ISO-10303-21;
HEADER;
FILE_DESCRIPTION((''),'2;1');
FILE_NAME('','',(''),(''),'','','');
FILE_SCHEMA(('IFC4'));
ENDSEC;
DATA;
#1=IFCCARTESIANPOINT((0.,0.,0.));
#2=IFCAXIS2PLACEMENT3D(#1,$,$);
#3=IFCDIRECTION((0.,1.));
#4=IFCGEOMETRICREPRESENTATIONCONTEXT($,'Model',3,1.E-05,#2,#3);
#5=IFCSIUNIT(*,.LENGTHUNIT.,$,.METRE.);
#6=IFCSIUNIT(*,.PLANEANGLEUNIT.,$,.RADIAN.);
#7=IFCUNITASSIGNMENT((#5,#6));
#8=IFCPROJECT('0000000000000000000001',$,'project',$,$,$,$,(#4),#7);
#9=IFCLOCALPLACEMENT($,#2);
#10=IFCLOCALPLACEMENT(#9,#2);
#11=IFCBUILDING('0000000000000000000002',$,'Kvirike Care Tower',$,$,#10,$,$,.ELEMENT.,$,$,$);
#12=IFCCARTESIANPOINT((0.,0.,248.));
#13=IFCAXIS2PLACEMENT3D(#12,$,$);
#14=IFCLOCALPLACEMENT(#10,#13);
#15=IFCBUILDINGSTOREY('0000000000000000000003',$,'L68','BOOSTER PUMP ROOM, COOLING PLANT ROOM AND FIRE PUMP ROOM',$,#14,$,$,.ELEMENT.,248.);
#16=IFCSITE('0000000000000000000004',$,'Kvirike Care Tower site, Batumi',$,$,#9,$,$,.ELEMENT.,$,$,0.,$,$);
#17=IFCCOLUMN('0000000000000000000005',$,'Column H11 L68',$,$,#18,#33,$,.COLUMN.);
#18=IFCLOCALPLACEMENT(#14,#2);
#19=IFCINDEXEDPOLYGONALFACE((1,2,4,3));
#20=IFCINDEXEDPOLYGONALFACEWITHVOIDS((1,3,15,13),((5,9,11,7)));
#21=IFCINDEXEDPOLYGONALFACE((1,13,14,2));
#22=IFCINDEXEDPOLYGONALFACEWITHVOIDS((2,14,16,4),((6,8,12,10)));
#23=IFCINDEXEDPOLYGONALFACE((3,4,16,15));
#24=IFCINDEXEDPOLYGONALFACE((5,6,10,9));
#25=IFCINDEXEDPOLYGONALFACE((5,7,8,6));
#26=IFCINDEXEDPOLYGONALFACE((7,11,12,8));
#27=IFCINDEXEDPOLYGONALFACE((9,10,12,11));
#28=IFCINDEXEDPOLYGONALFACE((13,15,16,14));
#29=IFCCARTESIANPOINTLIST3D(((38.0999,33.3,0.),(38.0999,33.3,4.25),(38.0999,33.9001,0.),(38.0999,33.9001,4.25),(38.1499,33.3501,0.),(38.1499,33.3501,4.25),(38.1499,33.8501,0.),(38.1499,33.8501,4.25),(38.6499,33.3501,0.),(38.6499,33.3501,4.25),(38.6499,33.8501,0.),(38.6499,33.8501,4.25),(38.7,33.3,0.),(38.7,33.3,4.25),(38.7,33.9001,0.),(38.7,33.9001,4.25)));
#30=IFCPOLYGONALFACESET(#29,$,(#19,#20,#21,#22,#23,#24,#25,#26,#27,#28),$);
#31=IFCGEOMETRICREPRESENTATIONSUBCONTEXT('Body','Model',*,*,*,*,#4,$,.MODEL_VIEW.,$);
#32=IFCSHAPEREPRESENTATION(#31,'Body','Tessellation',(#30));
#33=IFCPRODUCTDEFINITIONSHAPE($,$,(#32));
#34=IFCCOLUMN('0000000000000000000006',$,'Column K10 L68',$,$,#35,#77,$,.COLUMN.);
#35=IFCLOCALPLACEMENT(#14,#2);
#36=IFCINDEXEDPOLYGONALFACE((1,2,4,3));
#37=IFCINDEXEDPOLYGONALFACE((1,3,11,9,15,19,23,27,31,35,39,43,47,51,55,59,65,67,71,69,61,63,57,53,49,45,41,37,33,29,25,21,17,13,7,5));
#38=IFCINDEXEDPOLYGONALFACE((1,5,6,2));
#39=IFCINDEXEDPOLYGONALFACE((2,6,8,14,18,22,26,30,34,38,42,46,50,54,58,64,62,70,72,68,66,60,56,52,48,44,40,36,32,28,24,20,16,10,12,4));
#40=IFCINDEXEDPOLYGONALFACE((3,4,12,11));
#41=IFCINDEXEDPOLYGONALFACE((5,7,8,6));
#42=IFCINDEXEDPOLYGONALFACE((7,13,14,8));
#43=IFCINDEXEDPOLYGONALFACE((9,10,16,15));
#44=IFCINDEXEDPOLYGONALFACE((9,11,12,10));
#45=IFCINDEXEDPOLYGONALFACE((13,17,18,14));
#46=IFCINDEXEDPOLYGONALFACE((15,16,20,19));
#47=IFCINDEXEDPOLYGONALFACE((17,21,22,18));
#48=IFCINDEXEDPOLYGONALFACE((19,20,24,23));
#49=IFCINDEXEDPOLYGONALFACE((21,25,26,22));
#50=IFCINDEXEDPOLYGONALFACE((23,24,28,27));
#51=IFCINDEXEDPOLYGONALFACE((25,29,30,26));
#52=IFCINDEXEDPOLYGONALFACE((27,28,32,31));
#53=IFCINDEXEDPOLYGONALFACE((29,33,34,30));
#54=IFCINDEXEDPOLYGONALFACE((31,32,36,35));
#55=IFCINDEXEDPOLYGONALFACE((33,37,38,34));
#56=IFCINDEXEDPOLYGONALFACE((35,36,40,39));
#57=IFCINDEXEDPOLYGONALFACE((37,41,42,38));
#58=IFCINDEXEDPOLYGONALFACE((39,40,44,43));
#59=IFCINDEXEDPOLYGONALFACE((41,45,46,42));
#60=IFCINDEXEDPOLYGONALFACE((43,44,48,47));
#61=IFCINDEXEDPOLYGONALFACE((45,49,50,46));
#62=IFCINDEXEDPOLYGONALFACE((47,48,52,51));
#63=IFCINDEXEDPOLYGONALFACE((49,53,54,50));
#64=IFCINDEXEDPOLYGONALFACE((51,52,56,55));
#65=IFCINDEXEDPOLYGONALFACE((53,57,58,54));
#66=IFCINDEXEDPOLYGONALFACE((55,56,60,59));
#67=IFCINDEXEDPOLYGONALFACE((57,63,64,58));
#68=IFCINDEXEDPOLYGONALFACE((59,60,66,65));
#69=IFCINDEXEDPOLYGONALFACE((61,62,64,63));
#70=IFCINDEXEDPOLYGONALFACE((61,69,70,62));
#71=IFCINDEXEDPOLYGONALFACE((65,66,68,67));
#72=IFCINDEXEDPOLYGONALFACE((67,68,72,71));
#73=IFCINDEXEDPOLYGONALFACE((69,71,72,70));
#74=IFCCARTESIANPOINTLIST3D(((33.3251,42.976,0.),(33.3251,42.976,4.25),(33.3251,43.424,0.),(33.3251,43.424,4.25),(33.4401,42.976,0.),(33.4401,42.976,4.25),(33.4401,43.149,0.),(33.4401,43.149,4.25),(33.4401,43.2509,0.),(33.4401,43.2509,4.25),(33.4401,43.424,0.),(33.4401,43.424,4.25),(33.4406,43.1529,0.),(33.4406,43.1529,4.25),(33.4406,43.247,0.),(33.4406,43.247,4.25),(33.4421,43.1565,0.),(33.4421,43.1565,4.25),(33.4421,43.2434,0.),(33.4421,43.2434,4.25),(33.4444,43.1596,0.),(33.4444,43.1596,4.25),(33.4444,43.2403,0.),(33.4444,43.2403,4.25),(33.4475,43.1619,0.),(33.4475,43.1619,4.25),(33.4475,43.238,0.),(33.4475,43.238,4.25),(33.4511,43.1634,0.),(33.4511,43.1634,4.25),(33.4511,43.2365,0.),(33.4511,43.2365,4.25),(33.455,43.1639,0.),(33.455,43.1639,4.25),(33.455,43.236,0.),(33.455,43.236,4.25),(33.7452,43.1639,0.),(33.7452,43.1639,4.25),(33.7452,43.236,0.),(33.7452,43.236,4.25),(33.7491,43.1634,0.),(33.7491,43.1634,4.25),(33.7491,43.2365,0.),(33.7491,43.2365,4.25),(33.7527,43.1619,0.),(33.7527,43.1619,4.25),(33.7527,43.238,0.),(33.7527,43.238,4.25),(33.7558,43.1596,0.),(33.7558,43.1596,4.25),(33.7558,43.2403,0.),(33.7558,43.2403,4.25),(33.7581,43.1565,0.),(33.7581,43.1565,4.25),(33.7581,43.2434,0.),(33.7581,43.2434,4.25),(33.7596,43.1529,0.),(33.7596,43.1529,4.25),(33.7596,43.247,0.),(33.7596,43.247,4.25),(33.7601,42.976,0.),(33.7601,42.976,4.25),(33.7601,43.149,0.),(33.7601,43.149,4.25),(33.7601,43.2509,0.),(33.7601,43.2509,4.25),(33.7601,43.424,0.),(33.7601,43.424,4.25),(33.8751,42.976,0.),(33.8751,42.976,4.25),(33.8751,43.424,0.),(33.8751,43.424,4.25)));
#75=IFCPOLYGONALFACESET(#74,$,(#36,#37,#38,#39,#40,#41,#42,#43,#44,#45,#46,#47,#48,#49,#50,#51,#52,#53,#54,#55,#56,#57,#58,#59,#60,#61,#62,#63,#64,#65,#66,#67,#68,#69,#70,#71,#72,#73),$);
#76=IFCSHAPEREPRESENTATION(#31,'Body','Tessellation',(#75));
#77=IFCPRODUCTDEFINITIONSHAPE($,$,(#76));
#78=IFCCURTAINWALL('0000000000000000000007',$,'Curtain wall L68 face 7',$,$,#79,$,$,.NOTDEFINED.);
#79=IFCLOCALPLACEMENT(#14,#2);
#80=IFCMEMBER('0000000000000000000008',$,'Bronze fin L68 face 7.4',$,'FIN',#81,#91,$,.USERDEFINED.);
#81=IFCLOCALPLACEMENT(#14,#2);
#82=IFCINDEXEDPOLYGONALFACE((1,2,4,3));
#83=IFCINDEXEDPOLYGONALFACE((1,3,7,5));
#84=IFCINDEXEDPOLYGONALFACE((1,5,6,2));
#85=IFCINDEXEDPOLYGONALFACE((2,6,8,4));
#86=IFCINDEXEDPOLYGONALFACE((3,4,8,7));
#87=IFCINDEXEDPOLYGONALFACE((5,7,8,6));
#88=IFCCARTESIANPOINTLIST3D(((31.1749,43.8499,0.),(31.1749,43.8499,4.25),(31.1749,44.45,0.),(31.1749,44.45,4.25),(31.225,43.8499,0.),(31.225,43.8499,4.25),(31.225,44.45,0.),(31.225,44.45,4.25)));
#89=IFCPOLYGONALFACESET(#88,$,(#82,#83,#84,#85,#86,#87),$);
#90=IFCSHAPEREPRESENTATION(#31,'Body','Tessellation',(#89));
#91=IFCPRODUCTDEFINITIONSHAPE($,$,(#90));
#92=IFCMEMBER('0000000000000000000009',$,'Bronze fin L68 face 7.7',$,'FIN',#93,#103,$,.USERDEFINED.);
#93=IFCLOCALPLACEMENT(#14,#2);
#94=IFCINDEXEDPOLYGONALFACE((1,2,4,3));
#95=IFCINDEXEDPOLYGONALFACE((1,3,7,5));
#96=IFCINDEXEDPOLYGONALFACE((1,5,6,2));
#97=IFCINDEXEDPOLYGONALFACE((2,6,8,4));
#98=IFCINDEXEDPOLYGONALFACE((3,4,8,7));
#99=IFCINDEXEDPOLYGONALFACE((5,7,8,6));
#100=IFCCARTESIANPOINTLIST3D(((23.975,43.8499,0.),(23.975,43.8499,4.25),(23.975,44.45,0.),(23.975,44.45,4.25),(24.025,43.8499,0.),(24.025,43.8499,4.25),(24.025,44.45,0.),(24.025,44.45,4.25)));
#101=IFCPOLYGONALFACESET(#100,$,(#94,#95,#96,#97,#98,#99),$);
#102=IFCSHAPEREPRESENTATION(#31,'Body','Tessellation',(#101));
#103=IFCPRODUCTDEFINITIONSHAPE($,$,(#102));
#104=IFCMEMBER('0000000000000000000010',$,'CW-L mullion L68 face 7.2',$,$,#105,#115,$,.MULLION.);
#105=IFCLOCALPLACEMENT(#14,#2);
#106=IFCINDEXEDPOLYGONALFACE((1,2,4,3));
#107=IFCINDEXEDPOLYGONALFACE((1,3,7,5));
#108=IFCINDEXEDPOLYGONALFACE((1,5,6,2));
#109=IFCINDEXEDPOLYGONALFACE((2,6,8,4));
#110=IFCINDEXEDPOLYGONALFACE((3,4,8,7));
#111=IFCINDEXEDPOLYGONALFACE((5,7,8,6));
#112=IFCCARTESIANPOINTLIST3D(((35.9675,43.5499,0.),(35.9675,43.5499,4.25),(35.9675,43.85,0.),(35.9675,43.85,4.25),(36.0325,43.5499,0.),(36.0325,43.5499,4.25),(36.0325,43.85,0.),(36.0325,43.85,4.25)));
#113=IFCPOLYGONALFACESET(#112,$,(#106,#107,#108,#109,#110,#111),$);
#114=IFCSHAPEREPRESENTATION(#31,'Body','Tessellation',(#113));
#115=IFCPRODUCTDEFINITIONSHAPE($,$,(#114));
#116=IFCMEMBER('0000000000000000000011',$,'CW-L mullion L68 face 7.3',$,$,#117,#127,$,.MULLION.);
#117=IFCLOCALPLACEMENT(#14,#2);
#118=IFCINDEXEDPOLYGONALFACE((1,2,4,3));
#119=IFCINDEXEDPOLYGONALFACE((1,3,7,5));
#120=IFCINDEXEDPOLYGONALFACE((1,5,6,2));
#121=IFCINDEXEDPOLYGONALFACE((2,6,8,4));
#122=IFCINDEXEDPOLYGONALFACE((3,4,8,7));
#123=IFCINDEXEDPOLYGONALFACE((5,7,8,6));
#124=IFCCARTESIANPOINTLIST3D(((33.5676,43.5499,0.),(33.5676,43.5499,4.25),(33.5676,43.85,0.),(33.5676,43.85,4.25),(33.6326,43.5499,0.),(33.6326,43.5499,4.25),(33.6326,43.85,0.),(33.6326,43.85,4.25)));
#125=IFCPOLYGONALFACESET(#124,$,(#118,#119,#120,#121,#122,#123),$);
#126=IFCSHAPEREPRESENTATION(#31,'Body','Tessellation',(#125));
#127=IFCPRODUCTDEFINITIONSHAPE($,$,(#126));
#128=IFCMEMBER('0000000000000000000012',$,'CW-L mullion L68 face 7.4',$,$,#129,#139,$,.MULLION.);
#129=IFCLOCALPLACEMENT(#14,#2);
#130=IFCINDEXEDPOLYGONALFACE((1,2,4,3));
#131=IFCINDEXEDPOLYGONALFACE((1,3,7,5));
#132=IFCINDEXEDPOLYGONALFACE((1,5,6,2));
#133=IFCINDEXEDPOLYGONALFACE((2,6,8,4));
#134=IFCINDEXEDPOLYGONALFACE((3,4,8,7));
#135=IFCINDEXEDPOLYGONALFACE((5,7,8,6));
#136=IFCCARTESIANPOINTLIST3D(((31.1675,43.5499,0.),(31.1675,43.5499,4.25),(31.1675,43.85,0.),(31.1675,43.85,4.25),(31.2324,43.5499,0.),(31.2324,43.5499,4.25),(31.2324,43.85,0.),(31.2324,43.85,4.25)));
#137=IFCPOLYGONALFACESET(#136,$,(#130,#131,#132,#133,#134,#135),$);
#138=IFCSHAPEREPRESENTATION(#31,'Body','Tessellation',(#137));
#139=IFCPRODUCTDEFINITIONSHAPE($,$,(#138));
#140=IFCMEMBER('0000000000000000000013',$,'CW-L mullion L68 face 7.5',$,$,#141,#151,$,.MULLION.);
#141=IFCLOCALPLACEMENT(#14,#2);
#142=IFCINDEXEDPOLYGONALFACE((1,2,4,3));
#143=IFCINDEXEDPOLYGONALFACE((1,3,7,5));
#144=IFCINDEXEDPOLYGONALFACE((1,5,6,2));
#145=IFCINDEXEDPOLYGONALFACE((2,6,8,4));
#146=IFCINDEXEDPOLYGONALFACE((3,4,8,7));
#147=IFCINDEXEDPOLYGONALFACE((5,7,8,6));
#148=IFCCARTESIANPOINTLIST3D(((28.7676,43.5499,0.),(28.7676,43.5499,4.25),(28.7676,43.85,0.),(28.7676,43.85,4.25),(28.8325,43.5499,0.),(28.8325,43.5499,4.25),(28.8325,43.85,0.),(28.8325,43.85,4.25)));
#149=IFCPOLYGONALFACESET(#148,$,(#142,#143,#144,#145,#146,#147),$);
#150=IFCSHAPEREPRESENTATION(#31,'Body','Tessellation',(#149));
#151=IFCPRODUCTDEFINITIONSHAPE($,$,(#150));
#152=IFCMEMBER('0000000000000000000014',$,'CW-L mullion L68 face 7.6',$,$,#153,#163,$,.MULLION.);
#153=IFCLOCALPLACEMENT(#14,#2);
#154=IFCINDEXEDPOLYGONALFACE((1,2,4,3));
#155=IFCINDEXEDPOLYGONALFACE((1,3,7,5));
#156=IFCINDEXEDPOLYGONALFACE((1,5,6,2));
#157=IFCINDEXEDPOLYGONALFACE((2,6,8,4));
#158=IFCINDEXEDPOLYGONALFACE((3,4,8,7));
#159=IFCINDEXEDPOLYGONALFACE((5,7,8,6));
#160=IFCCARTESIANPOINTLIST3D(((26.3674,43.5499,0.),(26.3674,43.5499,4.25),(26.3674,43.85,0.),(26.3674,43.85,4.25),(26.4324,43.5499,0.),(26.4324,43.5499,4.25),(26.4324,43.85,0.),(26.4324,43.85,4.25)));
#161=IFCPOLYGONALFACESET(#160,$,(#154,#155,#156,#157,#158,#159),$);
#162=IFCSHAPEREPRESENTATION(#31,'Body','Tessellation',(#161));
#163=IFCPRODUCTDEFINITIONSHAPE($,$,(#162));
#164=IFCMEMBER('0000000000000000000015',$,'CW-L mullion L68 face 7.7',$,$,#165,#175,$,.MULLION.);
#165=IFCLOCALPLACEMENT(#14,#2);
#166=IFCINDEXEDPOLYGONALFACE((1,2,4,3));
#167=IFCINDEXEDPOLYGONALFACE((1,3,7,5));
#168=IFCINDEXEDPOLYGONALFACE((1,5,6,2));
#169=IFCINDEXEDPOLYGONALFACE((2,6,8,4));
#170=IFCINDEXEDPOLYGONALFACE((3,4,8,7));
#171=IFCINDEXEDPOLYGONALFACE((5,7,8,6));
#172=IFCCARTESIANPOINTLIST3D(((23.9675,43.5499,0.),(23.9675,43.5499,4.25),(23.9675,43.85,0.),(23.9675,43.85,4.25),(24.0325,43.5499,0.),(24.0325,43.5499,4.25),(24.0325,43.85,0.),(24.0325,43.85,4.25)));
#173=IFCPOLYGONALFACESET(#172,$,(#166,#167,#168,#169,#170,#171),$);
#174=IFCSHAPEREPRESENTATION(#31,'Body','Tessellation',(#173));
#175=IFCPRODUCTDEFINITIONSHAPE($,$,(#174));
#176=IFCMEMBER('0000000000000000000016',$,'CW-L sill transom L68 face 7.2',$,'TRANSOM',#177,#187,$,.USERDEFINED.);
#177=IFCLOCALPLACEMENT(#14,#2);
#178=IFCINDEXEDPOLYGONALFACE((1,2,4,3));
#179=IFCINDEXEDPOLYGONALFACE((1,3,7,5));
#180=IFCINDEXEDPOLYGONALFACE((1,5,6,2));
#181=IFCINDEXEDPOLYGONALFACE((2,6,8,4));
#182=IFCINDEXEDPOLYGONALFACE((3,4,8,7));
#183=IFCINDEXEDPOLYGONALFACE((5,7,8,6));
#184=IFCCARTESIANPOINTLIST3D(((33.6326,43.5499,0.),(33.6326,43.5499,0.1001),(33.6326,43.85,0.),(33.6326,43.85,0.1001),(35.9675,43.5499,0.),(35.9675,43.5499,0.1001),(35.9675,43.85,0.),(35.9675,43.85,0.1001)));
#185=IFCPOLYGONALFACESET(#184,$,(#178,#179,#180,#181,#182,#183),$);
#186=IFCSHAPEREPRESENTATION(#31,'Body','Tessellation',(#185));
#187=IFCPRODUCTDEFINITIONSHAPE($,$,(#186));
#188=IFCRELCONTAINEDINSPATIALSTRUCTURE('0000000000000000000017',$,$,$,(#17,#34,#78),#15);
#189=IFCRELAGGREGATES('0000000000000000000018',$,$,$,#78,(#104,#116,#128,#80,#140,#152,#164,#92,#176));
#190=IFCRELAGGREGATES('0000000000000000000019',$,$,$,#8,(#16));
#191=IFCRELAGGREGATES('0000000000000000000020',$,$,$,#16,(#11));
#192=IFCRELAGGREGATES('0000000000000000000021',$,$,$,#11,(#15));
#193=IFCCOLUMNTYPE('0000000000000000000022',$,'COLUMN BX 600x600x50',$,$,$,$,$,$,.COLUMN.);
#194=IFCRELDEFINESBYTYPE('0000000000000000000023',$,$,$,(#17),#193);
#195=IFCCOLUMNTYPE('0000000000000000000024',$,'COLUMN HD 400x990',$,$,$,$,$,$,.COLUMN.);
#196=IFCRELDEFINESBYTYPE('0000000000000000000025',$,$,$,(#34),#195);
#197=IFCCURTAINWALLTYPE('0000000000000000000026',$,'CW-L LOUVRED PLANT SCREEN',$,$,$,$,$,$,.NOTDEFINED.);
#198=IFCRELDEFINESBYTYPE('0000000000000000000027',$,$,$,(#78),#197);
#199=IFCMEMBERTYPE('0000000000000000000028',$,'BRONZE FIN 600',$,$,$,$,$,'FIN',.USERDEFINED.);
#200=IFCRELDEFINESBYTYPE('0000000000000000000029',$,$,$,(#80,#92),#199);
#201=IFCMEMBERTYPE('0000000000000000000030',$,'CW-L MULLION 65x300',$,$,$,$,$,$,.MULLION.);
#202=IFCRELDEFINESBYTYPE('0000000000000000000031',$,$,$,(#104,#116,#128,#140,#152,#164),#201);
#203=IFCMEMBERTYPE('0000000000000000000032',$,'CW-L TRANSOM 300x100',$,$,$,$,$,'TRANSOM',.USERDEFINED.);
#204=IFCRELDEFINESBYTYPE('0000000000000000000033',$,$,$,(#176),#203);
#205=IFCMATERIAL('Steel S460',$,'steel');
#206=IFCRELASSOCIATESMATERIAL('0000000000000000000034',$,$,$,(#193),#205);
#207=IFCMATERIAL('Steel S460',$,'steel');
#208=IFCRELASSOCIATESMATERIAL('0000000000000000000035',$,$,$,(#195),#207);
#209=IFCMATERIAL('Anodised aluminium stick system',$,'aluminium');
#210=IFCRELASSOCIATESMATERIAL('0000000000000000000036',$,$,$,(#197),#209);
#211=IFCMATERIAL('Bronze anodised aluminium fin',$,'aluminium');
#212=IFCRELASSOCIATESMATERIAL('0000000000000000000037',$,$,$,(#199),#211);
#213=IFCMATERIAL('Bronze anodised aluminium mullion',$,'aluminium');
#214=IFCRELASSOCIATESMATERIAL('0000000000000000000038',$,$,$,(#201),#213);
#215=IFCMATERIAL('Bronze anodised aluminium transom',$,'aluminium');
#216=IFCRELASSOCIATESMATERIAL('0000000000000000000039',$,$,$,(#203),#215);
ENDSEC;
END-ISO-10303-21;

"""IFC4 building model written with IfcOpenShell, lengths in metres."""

from ifc_helpers import new_model, si_unit, direction, frame, origin, origin_2d, place, context, subcontext, project, spatial, rectangle, hollow_rectangle, i_section, extrude, material, material_profile, profile_set, type_object, element, aggregate, save


model = new_model("IFC4")

# Units and contexts
model_context = context("Model", 3, precision=1e-05, world=origin(), true_north=direction((0.0, 1.0)))
body_context = subcontext(model_context, "Body", "Model", "MODEL_VIEW")
ifc_project = project(units=[si_unit("LENGTHUNIT", "METRE"), si_unit("PLANEANGLEUNIT", "RADIAN")], contexts=[model_context])

# Site, building, storey
site_placement = place(None, origin())
site = spatial("IfcSite", under=ifc_project, at=site_placement, Name="Kvirike Care Tower site, Batumi", CompositionType="ELEMENT", RefElevation=0.0)
building_placement = place(site_placement, origin())
building = spatial("IfcBuilding", under=site, at=building_placement, Name="Kvirike Care Tower", CompositionType="ELEMENT")
storey_placement = place(building_placement, frame((0.0, 0.0, 248.0)))
storey = spatial("IfcBuildingStorey", under=building, at=storey_placement, Name="L68", Description="BOOSTER PUMP ROOM, COOLING PLANT ROOM AND FIRE PUMP ROOM", CompositionType="ELEMENT", Elevation=248.0)

# Columns
ifc_material_1 = material(Name="Steel S460", Category="steel")
ifc_material_profile_1 = material_profile(ifc_material_1, hollow_rectangle(XDim=0.6001, YDim=0.6001, WallThickness=0.05, at=origin_2d()), Name="BX 600x600x50")
ifc_profile_set_1 = profile_set([ifc_material_profile_1], Name="Steel S460")
column_type_1 = type_object("IfcColumnType", Name="COLUMN BX 600x600x50", PredefinedType="COLUMN", material=ifc_profile_set_1)
column_1_placement = place(storey_placement, frame((38.3999, 33.6001, 0.0), z_axis=(0.0, 0.0, 1.0), x_axis=(0.0, 1.0, 0.0)))
element("IfcColumn", 1, at=column_1_placement, inside=storey, type_object=column_type_1, Name="Column H11 L68", PredefinedType="COLUMN", context=body_context, shape_type="SweptSolid", body=[
    extrude(hollow_rectangle(XDim=0.6001, YDim=0.6001, WallThickness=0.05, at=origin_2d()), origin(), (0.0, 0.0, 1.0), 4.25),
])
ifc_material_2 = material(Name="Steel S460", Category="steel")
ifc_material_profile_2 = material_profile(ifc_material_2, i_section(OverallWidth=0.448, OverallDepth=0.55, WebThickness=0.072, FlangeThickness=0.115, FilletRadius=0.0149, at=origin_2d()), Name="HD 400x990")
ifc_profile_set_2 = profile_set([ifc_material_profile_2], Name="Steel S460")
column_type_2 = type_object("IfcColumnType", Name="COLUMN HD 400x990", PredefinedType="COLUMN", material=ifc_profile_set_2)
column_2_placement = place(storey_placement, frame((33.6001, 43.2, 0.0), z_axis=(0.0, 0.0, 1.0), x_axis=(0.0, 1.0, 0.0)))
element("IfcColumn", 2, at=column_2_placement, inside=storey, type_object=column_type_2, Name="Column K10 L68", PredefinedType="COLUMN", context=body_context, shape_type="SweptSolid", body=[
    extrude(i_section(OverallWidth=0.448, OverallDepth=0.55, WebThickness=0.072, FlangeThickness=0.115, FilletRadius=0.0149, at=origin_2d()), origin(), (0.0, 0.0, 1.0), 4.25),
])

# Curtain wall, members
ifc_material_3 = material(Name="Anodised aluminium stick system", Category="aluminium")
curtain_wall_type = type_object("IfcCurtainWallType", Name="CW-L LOUVRED PLANT SCREEN", PredefinedType="NOTDEFINED", material=ifc_material_3)
curtain_wall_placement = place(storey_placement, origin())
curtain_wall = element("IfcCurtainWall", 3, at=curtain_wall_placement, inside=storey, type_object=curtain_wall_type, Name="Curtain wall L68 face 7", PredefinedType="NOTDEFINED")
ifc_material_4 = material(Name="Bronze anodised aluminium fin", Category="aluminium")
ifc_material_profile_3 = material_profile(ifc_material_4, rectangle(XDim=0.05, YDim=0.6001, at=origin_2d()), Name="BRONZE FIN 600")
ifc_profile_set_3 = profile_set([ifc_material_profile_3], Name="Bronze anodised aluminium fin")
member_type_1 = type_object("IfcMemberType", Name="BRONZE FIN 600", ElementType="FIN", PredefinedType="USERDEFINED", material=ifc_profile_set_3)
member_1_placement = place(storey_placement, frame((31.2, 44.1499, 0.0), z_axis=(0.0, 0.0, 1.0), x_axis=(-1.0, 0.0, 0.0)))
member_1 = element("IfcMember", 4, at=member_1_placement, type_object=member_type_1, Name="Bronze fin L68 face 7.4", ObjectType="FIN", PredefinedType="USERDEFINED", context=body_context, shape_type="SweptSolid", body=[
    extrude(rectangle(XDim=0.05, YDim=0.6001, at=origin_2d()), origin(), (0.0, 0.0, 1.0), 4.25),
])
member_2_placement = place(storey_placement, frame((24.0, 44.1499, 0.0), z_axis=(0.0, 0.0, 1.0), x_axis=(-1.0, 0.0, 0.0)))
member_2 = element("IfcMember", 5, at=member_2_placement, type_object=member_type_1, Name="Bronze fin L68 face 7.7", ObjectType="FIN", PredefinedType="USERDEFINED", context=body_context, shape_type="SweptSolid", body=[
    extrude(rectangle(XDim=0.05, YDim=0.6001, at=origin_2d()), origin(), (0.0, 0.0, 1.0), 4.25),
])
ifc_material_5 = material(Name="Bronze anodised aluminium mullion", Category="aluminium")
ifc_material_profile_4 = material_profile(ifc_material_5, rectangle(XDim=0.0649, YDim=0.3, at=origin_2d()), Name="CW-L MULLION 65x300")
ifc_profile_set_4 = profile_set([ifc_material_profile_4], Name="Bronze anodised aluminium mullion")
member_type_2 = type_object("IfcMemberType", Name="CW-L MULLION 65x300", PredefinedType="MULLION", material=ifc_profile_set_4)
member_3_placement = place(storey_placement, frame((36.0, 43.7, 0.0), z_axis=(0.0, 0.0, 1.0), x_axis=(-1.0, 0.0, 0.0)))
member_3 = element("IfcMember", 6, at=member_3_placement, type_object=member_type_2, Name="CW-L mullion L68 face 7.2", PredefinedType="MULLION", context=body_context, shape_type="SweptSolid", body=[
    extrude(rectangle(XDim=0.0649, YDim=0.3, at=origin_2d()), origin(), (0.0, 0.0, 1.0), 4.25),
])
member_4_placement = place(storey_placement, frame((33.6001, 43.7, 0.0), z_axis=(0.0, 0.0, 1.0), x_axis=(-1.0, 0.0, 0.0)))
member_4 = element("IfcMember", 7, at=member_4_placement, type_object=member_type_2, Name="CW-L mullion L68 face 7.3", PredefinedType="MULLION", context=body_context, shape_type="SweptSolid", body=[
    extrude(rectangle(XDim=0.0649, YDim=0.3, at=origin_2d()), origin(), (0.0, 0.0, 1.0), 4.25),
])
member_5_placement = place(storey_placement, frame((31.2, 43.7, 0.0), z_axis=(0.0, 0.0, 1.0), x_axis=(-1.0, 0.0, 0.0)))
member_5 = element("IfcMember", 8, at=member_5_placement, type_object=member_type_2, Name="CW-L mullion L68 face 7.4", PredefinedType="MULLION", context=body_context, shape_type="SweptSolid", body=[
    extrude(rectangle(XDim=0.0649, YDim=0.3, at=origin_2d()), origin(), (0.0, 0.0, 1.0), 4.25),
])
member_6_placement = place(storey_placement, frame((28.8, 43.7, 0.0), z_axis=(0.0, 0.0, 1.0), x_axis=(-1.0, 0.0, 0.0)))
member_6 = element("IfcMember", 9, at=member_6_placement, type_object=member_type_2, Name="CW-L mullion L68 face 7.5", PredefinedType="MULLION", context=body_context, shape_type="SweptSolid", body=[
    extrude(rectangle(XDim=0.0649, YDim=0.3, at=origin_2d()), origin(), (0.0, 0.0, 1.0), 4.25),
])
member_7_placement = place(storey_placement, frame((26.3999, 43.7, 0.0), z_axis=(0.0, 0.0, 1.0), x_axis=(-1.0, 0.0, 0.0)))
member_7 = element("IfcMember", 10, at=member_7_placement, type_object=member_type_2, Name="CW-L mullion L68 face 7.6", PredefinedType="MULLION", context=body_context, shape_type="SweptSolid", body=[
    extrude(rectangle(XDim=0.0649, YDim=0.3, at=origin_2d()), origin(), (0.0, 0.0, 1.0), 4.25),
])
member_8_placement = place(storey_placement, frame((24.0, 43.7, 0.0), z_axis=(0.0, 0.0, 1.0), x_axis=(-1.0, 0.0, 0.0)))
member_8 = element("IfcMember", 11, at=member_8_placement, type_object=member_type_2, Name="CW-L mullion L68 face 7.7", PredefinedType="MULLION", context=body_context, shape_type="SweptSolid", body=[
    extrude(rectangle(XDim=0.0649, YDim=0.3, at=origin_2d()), origin(), (0.0, 0.0, 1.0), 4.25),
])
ifc_material_6 = material(Name="Bronze anodised aluminium transom", Category="aluminium")
ifc_material_profile_5 = material_profile(ifc_material_6, rectangle(XDim=0.3, YDim=0.1001, at=origin_2d()), Name="CW-L TRANSOM 300x100")
ifc_profile_set_5 = profile_set([ifc_material_profile_5], Name="Bronze anodised aluminium transom")
member_type_3 = type_object("IfcMemberType", Name="CW-L TRANSOM 300x100", ElementType="TRANSOM", PredefinedType="USERDEFINED", material=ifc_profile_set_5)
member_9_placement = place(storey_placement, frame((35.9675, 43.7, 0.05), z_axis=(-1.0, 0.0, 0.0), x_axis=(0.0, -1.0, 0.0)))
member_9 = element("IfcMember", 12, at=member_9_placement, type_object=member_type_3, Name="CW-L sill transom L68 face 7.2", ObjectType="TRANSOM", PredefinedType="USERDEFINED", context=body_context, shape_type="SweptSolid", body=[
    extrude(rectangle(XDim=0.3, YDim=0.1001, at=origin_2d()), origin(), (0.0, 0.0, 1.0), 2.335),
])
aggregate(curtain_wall, [member_3, member_4, member_5, member_1, member_6, member_7, member_8, member_2, member_9])

save(model, "model.ifc")
